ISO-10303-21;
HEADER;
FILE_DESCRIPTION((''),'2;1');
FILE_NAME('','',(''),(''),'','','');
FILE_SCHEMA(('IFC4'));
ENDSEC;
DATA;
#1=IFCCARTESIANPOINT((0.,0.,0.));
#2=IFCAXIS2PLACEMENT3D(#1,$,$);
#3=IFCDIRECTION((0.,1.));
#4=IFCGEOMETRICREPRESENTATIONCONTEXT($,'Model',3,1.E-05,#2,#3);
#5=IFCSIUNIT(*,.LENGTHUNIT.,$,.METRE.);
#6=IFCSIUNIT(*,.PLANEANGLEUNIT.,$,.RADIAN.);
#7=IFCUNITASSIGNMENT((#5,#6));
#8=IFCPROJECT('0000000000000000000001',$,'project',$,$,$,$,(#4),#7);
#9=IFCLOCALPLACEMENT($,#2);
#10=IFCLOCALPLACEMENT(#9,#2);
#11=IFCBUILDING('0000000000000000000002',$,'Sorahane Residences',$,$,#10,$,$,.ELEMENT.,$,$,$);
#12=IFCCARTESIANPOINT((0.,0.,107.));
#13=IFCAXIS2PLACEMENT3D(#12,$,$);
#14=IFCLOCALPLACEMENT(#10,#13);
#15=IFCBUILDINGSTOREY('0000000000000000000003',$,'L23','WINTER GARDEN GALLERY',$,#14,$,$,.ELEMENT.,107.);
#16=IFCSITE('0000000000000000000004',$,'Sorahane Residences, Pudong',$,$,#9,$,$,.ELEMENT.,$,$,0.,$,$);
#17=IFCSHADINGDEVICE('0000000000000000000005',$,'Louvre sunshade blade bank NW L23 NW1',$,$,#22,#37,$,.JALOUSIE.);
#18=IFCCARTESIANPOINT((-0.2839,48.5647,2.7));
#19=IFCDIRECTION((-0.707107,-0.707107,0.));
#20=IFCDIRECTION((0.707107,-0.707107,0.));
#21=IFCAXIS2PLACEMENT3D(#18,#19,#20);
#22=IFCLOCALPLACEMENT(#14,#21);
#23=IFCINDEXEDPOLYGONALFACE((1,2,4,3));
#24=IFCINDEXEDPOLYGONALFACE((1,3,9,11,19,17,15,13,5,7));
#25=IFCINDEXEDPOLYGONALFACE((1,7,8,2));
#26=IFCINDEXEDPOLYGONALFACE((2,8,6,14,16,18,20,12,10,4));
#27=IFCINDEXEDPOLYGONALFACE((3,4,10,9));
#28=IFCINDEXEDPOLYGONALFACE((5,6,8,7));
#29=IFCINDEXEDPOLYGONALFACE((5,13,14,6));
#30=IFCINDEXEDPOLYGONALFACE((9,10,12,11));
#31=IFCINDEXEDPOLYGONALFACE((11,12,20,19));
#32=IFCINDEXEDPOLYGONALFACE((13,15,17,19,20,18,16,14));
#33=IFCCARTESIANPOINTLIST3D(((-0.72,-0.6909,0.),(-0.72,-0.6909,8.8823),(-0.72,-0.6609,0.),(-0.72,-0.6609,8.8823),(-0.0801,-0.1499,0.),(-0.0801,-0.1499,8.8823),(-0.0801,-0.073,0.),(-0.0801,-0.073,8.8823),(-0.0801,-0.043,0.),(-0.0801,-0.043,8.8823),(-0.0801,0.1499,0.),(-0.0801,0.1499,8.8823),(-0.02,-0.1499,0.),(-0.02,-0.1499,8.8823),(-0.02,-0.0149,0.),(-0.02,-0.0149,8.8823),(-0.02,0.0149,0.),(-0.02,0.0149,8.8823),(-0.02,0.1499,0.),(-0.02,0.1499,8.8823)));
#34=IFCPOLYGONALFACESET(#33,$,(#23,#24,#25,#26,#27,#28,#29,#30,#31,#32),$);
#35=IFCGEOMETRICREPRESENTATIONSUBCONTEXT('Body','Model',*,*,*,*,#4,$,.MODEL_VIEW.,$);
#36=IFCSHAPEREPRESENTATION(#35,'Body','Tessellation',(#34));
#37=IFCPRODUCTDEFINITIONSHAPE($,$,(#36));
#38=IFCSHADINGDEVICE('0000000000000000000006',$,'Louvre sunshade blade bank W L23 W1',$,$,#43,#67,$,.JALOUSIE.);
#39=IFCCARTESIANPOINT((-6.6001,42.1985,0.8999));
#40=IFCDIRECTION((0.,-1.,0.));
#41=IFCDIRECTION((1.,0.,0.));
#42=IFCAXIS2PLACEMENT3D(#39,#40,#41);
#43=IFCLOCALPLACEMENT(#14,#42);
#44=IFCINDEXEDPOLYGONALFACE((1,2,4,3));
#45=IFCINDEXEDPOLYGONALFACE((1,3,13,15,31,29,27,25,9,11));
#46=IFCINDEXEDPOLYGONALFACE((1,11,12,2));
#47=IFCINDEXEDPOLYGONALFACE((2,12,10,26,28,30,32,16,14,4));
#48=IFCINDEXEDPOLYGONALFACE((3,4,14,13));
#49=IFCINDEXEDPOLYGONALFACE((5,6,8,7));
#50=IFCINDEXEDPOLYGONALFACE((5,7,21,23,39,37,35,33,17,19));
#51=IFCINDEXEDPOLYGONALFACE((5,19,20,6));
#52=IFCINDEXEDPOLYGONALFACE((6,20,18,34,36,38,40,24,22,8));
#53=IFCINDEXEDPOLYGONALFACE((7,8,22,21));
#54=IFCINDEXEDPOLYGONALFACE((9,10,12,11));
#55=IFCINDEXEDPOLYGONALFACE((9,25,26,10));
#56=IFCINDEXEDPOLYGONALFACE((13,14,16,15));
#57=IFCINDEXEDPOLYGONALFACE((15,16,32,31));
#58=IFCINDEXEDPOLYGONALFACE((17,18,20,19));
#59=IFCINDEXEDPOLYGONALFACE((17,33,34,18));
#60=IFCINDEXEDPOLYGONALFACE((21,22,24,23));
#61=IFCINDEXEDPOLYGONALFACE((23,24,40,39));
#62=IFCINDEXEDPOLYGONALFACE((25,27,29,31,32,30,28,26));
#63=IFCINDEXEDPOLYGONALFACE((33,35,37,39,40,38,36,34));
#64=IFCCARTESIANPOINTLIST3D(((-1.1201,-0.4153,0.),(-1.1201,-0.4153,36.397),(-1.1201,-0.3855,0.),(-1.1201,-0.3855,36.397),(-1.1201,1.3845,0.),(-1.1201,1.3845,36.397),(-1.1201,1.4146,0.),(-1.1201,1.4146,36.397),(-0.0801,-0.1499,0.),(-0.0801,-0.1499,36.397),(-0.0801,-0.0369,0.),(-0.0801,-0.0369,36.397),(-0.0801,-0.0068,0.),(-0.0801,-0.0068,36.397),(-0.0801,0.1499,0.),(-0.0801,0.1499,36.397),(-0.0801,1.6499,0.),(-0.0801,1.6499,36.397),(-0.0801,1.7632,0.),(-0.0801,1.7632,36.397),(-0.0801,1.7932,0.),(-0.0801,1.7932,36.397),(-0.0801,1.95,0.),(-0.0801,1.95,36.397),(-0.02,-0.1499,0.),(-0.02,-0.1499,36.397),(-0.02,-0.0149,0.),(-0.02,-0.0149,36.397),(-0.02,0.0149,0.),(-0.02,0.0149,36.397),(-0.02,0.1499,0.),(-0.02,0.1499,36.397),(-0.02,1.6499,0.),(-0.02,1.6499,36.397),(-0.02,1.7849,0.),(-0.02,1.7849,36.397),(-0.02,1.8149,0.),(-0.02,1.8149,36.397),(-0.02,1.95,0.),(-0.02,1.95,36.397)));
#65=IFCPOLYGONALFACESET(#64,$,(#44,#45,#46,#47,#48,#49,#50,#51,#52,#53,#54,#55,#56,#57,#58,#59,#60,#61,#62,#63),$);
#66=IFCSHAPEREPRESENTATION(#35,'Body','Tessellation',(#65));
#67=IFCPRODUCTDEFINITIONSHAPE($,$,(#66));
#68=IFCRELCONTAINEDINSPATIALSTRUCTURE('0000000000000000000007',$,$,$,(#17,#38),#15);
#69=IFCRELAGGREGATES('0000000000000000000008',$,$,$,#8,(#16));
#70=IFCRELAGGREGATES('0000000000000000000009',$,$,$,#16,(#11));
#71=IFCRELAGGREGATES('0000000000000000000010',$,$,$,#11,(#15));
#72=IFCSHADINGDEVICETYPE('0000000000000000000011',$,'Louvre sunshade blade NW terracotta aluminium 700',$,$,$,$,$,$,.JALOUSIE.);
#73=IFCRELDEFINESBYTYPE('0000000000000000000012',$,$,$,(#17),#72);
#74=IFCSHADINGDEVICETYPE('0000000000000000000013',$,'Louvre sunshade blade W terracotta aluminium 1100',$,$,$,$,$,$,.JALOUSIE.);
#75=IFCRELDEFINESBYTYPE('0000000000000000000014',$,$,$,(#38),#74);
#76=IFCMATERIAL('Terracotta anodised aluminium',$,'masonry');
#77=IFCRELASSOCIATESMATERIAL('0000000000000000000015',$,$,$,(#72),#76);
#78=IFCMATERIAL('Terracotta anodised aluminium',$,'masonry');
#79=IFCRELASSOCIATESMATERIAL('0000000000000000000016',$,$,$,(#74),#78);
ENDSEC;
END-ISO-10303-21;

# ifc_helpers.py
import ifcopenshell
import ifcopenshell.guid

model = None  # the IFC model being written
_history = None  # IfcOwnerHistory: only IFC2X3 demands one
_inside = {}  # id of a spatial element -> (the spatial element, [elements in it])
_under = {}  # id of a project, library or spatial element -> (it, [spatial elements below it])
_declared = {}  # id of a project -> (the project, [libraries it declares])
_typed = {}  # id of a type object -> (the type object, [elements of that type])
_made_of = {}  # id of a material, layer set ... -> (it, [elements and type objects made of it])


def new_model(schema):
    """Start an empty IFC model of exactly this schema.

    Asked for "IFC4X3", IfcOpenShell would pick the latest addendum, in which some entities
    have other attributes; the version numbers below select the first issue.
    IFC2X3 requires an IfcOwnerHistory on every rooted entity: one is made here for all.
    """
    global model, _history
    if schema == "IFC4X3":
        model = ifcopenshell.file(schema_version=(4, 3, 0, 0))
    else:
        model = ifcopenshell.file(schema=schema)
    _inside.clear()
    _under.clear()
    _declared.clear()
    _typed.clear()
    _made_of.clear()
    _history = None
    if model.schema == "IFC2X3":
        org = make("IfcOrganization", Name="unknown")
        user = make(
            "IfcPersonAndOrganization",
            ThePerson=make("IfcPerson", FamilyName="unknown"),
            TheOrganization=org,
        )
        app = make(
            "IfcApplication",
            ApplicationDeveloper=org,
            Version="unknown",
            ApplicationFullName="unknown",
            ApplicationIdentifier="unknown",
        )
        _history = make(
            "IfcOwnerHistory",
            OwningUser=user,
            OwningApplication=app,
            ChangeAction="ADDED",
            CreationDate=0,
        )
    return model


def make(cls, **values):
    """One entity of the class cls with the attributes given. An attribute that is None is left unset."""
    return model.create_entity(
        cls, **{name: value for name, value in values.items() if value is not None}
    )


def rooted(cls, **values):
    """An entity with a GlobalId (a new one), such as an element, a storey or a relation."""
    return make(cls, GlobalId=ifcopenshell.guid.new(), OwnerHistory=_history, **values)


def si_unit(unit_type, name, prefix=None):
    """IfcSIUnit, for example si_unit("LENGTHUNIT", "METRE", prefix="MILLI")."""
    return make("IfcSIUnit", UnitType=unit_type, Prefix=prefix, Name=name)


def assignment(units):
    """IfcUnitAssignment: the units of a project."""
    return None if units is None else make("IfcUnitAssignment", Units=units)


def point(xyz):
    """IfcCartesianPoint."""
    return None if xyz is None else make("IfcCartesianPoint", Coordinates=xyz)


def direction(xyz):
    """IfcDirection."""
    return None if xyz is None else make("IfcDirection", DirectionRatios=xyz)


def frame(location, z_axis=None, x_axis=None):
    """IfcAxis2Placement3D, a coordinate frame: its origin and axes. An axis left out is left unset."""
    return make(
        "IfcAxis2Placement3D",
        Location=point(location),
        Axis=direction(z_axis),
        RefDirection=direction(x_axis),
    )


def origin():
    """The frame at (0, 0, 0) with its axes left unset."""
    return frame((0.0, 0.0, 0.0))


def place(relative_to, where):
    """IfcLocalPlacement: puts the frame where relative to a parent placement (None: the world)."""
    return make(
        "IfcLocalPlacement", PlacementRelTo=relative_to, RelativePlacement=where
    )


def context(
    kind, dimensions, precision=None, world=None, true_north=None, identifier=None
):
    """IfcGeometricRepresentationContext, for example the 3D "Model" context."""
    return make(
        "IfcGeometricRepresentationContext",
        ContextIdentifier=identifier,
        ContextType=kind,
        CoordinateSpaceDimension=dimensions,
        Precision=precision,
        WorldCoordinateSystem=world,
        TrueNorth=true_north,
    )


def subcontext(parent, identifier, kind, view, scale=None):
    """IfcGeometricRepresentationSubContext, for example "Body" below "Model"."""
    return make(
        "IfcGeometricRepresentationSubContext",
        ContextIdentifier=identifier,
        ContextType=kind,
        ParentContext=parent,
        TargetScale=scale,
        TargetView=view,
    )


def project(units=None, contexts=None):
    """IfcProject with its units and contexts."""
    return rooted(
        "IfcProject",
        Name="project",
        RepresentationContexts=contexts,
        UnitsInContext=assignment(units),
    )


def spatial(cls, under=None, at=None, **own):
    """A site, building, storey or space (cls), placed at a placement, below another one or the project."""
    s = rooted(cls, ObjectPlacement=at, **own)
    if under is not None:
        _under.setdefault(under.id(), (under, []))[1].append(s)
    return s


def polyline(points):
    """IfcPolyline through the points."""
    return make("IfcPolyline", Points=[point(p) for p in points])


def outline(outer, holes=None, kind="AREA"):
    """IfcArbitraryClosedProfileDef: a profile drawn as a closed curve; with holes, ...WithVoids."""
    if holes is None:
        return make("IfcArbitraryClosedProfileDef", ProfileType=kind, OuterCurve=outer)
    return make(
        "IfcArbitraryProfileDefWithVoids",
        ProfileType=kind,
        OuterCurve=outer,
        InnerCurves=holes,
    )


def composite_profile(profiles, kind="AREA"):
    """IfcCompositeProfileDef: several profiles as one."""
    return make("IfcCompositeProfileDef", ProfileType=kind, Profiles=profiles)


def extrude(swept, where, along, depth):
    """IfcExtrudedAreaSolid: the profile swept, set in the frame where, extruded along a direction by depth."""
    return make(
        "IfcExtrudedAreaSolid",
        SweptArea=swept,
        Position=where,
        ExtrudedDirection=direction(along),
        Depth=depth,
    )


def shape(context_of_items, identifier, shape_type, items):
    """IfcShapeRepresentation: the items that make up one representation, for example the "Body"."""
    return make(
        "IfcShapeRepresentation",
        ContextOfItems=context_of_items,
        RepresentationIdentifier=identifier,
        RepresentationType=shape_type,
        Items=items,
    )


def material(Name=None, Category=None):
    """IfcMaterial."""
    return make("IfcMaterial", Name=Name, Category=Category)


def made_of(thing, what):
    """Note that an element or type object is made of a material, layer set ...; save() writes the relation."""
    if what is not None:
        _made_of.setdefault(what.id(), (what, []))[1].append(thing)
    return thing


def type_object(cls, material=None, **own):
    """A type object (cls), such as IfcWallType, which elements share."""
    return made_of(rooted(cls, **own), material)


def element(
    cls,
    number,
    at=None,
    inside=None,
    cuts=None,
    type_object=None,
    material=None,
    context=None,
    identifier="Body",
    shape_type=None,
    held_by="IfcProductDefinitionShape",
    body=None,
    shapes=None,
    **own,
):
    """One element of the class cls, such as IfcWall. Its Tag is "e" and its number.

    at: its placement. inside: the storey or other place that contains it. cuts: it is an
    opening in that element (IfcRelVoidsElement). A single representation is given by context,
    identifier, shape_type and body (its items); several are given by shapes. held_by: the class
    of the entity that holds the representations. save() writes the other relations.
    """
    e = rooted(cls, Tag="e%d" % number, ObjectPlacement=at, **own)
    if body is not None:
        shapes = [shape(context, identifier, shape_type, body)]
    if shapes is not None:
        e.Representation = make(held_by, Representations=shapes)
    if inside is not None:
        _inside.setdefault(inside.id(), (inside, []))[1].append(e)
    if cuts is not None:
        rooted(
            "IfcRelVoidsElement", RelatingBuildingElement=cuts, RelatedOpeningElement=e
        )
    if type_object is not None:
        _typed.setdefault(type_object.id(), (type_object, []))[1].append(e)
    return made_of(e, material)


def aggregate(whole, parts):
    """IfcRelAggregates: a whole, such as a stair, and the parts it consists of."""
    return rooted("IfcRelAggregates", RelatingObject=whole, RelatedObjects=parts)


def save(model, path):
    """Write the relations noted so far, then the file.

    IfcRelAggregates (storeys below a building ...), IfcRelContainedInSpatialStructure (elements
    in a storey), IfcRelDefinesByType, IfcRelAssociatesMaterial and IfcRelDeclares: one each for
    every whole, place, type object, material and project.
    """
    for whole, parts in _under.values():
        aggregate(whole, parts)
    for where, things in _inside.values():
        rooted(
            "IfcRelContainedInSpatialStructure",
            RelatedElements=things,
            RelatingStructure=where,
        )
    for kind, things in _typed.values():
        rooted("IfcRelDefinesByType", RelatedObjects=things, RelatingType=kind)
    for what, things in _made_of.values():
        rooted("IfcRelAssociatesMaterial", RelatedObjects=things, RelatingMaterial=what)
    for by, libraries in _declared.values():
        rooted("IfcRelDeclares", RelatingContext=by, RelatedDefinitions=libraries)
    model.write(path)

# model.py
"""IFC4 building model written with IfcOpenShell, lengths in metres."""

from ifc_helpers import new_model, si_unit, direction, frame, origin, place, context, subcontext, project, spatial, polyline, outline, composite_profile, extrude, material, type_object, element, save


model = new_model("IFC4")

# Units and contexts
model_context = context("Model", 3, precision=1e-05, world=origin(), true_north=direction((0.0, 1.0)))
body_context = subcontext(model_context, "Body", "Model", "MODEL_VIEW")
ifc_project = project(units=[si_unit("LENGTHUNIT", "METRE"), si_unit("PLANEANGLEUNIT", "RADIAN")], contexts=[model_context])

# Site, building, storey
site_placement = place(None, origin())
site = spatial("IfcSite", under=ifc_project, at=site_placement, Name="Sorahane Residences, Pudong", CompositionType="ELEMENT", RefElevation=0.0)
building_placement = place(site_placement, origin())
building = spatial("IfcBuilding", under=site, at=building_placement, Name="Sorahane Residences", CompositionType="ELEMENT")
storey_placement = place(building_placement, frame((0.0, 0.0, 107.0)))
storey = spatial("IfcBuildingStorey", under=building, at=storey_placement, Name="L23", Description="WINTER GARDEN GALLERY", CompositionType="ELEMENT", Elevation=107.0)

# Shading devices
ifc_material_1 = material(Name="Terracotta anodised aluminium", Category="masonry")
shading_device_type_1 = type_object("IfcShadingDeviceType", Name="Louvre sunshade blade NW terracotta aluminium 700", PredefinedType="JALOUSIE", material=ifc_material_1)
shading_device_1_placement = place(storey_placement, frame((-0.2839, 48.5647, 2.7), z_axis=(-0.707107, -0.707107, 0.0), x_axis=(0.707107, -0.707107, 0.0)))
element("IfcShadingDevice", 1, at=shading_device_1_placement, inside=storey, type_object=shading_device_type_1, Name="Louvre sunshade blade bank NW L23 NW1", PredefinedType="JALOUSIE", context=body_context, shape_type="SweptSolid", body=[
    extrude(outline(polyline([(-0.72, -0.6609), (-0.72, -0.6909), (-0.0801, -0.073), (-0.0801, -0.1499), (-0.02, -0.1499), (-0.02, -0.0149), (-0.02, 0.0149), (-0.02, 0.1499), (-0.0801, 0.1499), (-0.0801, -0.043), (-0.72, -0.6609)])), origin(), (0.0, 0.0, 1.0), 8.8823),
])
ifc_material_2 = material(Name="Terracotta anodised aluminium", Category="masonry")
shading_device_type_2 = type_object("IfcShadingDeviceType", Name="Louvre sunshade blade W terracotta aluminium 1100", PredefinedType="JALOUSIE", material=ifc_material_2)
shading_device_2_placement = place(storey_placement, frame((-6.6001, 42.1985, 0.8999), z_axis=(0.0, -1.0, 0.0), x_axis=(1.0, 0.0, 0.0)))
element("IfcShadingDevice", 2, at=shading_device_2_placement, inside=storey, type_object=shading_device_type_2, Name="Louvre sunshade blade bank W L23 W1", PredefinedType="JALOUSIE", context=body_context, shape_type="SweptSolid", body=[
    extrude(composite_profile([outline(polyline([(-1.1201, -0.3855), (-1.1201, -0.4153), (-0.0801, -0.0369), (-0.0801, -0.1499), (-0.02, -0.1499), (-0.02, -0.0149), (-0.02, 0.0149), (-0.02, 0.1499), (-0.0801, 0.1499), (-0.0801, -0.0068), (-1.1201, -0.3855)])), outline(polyline([(-1.1201, 1.4146), (-1.1201, 1.3845), (-0.0801, 1.7632), (-0.0801, 1.6499), (-0.02, 1.6499), (-0.02, 1.7849), (-0.02, 1.8149), (-0.02, 1.95), (-0.0801, 1.95), (-0.0801, 1.7932), (-1.1201, 1.4146)]))]), origin(), (0.0, 0.0, 1.0), 36.397),
])

save(model, "model.ifc")
